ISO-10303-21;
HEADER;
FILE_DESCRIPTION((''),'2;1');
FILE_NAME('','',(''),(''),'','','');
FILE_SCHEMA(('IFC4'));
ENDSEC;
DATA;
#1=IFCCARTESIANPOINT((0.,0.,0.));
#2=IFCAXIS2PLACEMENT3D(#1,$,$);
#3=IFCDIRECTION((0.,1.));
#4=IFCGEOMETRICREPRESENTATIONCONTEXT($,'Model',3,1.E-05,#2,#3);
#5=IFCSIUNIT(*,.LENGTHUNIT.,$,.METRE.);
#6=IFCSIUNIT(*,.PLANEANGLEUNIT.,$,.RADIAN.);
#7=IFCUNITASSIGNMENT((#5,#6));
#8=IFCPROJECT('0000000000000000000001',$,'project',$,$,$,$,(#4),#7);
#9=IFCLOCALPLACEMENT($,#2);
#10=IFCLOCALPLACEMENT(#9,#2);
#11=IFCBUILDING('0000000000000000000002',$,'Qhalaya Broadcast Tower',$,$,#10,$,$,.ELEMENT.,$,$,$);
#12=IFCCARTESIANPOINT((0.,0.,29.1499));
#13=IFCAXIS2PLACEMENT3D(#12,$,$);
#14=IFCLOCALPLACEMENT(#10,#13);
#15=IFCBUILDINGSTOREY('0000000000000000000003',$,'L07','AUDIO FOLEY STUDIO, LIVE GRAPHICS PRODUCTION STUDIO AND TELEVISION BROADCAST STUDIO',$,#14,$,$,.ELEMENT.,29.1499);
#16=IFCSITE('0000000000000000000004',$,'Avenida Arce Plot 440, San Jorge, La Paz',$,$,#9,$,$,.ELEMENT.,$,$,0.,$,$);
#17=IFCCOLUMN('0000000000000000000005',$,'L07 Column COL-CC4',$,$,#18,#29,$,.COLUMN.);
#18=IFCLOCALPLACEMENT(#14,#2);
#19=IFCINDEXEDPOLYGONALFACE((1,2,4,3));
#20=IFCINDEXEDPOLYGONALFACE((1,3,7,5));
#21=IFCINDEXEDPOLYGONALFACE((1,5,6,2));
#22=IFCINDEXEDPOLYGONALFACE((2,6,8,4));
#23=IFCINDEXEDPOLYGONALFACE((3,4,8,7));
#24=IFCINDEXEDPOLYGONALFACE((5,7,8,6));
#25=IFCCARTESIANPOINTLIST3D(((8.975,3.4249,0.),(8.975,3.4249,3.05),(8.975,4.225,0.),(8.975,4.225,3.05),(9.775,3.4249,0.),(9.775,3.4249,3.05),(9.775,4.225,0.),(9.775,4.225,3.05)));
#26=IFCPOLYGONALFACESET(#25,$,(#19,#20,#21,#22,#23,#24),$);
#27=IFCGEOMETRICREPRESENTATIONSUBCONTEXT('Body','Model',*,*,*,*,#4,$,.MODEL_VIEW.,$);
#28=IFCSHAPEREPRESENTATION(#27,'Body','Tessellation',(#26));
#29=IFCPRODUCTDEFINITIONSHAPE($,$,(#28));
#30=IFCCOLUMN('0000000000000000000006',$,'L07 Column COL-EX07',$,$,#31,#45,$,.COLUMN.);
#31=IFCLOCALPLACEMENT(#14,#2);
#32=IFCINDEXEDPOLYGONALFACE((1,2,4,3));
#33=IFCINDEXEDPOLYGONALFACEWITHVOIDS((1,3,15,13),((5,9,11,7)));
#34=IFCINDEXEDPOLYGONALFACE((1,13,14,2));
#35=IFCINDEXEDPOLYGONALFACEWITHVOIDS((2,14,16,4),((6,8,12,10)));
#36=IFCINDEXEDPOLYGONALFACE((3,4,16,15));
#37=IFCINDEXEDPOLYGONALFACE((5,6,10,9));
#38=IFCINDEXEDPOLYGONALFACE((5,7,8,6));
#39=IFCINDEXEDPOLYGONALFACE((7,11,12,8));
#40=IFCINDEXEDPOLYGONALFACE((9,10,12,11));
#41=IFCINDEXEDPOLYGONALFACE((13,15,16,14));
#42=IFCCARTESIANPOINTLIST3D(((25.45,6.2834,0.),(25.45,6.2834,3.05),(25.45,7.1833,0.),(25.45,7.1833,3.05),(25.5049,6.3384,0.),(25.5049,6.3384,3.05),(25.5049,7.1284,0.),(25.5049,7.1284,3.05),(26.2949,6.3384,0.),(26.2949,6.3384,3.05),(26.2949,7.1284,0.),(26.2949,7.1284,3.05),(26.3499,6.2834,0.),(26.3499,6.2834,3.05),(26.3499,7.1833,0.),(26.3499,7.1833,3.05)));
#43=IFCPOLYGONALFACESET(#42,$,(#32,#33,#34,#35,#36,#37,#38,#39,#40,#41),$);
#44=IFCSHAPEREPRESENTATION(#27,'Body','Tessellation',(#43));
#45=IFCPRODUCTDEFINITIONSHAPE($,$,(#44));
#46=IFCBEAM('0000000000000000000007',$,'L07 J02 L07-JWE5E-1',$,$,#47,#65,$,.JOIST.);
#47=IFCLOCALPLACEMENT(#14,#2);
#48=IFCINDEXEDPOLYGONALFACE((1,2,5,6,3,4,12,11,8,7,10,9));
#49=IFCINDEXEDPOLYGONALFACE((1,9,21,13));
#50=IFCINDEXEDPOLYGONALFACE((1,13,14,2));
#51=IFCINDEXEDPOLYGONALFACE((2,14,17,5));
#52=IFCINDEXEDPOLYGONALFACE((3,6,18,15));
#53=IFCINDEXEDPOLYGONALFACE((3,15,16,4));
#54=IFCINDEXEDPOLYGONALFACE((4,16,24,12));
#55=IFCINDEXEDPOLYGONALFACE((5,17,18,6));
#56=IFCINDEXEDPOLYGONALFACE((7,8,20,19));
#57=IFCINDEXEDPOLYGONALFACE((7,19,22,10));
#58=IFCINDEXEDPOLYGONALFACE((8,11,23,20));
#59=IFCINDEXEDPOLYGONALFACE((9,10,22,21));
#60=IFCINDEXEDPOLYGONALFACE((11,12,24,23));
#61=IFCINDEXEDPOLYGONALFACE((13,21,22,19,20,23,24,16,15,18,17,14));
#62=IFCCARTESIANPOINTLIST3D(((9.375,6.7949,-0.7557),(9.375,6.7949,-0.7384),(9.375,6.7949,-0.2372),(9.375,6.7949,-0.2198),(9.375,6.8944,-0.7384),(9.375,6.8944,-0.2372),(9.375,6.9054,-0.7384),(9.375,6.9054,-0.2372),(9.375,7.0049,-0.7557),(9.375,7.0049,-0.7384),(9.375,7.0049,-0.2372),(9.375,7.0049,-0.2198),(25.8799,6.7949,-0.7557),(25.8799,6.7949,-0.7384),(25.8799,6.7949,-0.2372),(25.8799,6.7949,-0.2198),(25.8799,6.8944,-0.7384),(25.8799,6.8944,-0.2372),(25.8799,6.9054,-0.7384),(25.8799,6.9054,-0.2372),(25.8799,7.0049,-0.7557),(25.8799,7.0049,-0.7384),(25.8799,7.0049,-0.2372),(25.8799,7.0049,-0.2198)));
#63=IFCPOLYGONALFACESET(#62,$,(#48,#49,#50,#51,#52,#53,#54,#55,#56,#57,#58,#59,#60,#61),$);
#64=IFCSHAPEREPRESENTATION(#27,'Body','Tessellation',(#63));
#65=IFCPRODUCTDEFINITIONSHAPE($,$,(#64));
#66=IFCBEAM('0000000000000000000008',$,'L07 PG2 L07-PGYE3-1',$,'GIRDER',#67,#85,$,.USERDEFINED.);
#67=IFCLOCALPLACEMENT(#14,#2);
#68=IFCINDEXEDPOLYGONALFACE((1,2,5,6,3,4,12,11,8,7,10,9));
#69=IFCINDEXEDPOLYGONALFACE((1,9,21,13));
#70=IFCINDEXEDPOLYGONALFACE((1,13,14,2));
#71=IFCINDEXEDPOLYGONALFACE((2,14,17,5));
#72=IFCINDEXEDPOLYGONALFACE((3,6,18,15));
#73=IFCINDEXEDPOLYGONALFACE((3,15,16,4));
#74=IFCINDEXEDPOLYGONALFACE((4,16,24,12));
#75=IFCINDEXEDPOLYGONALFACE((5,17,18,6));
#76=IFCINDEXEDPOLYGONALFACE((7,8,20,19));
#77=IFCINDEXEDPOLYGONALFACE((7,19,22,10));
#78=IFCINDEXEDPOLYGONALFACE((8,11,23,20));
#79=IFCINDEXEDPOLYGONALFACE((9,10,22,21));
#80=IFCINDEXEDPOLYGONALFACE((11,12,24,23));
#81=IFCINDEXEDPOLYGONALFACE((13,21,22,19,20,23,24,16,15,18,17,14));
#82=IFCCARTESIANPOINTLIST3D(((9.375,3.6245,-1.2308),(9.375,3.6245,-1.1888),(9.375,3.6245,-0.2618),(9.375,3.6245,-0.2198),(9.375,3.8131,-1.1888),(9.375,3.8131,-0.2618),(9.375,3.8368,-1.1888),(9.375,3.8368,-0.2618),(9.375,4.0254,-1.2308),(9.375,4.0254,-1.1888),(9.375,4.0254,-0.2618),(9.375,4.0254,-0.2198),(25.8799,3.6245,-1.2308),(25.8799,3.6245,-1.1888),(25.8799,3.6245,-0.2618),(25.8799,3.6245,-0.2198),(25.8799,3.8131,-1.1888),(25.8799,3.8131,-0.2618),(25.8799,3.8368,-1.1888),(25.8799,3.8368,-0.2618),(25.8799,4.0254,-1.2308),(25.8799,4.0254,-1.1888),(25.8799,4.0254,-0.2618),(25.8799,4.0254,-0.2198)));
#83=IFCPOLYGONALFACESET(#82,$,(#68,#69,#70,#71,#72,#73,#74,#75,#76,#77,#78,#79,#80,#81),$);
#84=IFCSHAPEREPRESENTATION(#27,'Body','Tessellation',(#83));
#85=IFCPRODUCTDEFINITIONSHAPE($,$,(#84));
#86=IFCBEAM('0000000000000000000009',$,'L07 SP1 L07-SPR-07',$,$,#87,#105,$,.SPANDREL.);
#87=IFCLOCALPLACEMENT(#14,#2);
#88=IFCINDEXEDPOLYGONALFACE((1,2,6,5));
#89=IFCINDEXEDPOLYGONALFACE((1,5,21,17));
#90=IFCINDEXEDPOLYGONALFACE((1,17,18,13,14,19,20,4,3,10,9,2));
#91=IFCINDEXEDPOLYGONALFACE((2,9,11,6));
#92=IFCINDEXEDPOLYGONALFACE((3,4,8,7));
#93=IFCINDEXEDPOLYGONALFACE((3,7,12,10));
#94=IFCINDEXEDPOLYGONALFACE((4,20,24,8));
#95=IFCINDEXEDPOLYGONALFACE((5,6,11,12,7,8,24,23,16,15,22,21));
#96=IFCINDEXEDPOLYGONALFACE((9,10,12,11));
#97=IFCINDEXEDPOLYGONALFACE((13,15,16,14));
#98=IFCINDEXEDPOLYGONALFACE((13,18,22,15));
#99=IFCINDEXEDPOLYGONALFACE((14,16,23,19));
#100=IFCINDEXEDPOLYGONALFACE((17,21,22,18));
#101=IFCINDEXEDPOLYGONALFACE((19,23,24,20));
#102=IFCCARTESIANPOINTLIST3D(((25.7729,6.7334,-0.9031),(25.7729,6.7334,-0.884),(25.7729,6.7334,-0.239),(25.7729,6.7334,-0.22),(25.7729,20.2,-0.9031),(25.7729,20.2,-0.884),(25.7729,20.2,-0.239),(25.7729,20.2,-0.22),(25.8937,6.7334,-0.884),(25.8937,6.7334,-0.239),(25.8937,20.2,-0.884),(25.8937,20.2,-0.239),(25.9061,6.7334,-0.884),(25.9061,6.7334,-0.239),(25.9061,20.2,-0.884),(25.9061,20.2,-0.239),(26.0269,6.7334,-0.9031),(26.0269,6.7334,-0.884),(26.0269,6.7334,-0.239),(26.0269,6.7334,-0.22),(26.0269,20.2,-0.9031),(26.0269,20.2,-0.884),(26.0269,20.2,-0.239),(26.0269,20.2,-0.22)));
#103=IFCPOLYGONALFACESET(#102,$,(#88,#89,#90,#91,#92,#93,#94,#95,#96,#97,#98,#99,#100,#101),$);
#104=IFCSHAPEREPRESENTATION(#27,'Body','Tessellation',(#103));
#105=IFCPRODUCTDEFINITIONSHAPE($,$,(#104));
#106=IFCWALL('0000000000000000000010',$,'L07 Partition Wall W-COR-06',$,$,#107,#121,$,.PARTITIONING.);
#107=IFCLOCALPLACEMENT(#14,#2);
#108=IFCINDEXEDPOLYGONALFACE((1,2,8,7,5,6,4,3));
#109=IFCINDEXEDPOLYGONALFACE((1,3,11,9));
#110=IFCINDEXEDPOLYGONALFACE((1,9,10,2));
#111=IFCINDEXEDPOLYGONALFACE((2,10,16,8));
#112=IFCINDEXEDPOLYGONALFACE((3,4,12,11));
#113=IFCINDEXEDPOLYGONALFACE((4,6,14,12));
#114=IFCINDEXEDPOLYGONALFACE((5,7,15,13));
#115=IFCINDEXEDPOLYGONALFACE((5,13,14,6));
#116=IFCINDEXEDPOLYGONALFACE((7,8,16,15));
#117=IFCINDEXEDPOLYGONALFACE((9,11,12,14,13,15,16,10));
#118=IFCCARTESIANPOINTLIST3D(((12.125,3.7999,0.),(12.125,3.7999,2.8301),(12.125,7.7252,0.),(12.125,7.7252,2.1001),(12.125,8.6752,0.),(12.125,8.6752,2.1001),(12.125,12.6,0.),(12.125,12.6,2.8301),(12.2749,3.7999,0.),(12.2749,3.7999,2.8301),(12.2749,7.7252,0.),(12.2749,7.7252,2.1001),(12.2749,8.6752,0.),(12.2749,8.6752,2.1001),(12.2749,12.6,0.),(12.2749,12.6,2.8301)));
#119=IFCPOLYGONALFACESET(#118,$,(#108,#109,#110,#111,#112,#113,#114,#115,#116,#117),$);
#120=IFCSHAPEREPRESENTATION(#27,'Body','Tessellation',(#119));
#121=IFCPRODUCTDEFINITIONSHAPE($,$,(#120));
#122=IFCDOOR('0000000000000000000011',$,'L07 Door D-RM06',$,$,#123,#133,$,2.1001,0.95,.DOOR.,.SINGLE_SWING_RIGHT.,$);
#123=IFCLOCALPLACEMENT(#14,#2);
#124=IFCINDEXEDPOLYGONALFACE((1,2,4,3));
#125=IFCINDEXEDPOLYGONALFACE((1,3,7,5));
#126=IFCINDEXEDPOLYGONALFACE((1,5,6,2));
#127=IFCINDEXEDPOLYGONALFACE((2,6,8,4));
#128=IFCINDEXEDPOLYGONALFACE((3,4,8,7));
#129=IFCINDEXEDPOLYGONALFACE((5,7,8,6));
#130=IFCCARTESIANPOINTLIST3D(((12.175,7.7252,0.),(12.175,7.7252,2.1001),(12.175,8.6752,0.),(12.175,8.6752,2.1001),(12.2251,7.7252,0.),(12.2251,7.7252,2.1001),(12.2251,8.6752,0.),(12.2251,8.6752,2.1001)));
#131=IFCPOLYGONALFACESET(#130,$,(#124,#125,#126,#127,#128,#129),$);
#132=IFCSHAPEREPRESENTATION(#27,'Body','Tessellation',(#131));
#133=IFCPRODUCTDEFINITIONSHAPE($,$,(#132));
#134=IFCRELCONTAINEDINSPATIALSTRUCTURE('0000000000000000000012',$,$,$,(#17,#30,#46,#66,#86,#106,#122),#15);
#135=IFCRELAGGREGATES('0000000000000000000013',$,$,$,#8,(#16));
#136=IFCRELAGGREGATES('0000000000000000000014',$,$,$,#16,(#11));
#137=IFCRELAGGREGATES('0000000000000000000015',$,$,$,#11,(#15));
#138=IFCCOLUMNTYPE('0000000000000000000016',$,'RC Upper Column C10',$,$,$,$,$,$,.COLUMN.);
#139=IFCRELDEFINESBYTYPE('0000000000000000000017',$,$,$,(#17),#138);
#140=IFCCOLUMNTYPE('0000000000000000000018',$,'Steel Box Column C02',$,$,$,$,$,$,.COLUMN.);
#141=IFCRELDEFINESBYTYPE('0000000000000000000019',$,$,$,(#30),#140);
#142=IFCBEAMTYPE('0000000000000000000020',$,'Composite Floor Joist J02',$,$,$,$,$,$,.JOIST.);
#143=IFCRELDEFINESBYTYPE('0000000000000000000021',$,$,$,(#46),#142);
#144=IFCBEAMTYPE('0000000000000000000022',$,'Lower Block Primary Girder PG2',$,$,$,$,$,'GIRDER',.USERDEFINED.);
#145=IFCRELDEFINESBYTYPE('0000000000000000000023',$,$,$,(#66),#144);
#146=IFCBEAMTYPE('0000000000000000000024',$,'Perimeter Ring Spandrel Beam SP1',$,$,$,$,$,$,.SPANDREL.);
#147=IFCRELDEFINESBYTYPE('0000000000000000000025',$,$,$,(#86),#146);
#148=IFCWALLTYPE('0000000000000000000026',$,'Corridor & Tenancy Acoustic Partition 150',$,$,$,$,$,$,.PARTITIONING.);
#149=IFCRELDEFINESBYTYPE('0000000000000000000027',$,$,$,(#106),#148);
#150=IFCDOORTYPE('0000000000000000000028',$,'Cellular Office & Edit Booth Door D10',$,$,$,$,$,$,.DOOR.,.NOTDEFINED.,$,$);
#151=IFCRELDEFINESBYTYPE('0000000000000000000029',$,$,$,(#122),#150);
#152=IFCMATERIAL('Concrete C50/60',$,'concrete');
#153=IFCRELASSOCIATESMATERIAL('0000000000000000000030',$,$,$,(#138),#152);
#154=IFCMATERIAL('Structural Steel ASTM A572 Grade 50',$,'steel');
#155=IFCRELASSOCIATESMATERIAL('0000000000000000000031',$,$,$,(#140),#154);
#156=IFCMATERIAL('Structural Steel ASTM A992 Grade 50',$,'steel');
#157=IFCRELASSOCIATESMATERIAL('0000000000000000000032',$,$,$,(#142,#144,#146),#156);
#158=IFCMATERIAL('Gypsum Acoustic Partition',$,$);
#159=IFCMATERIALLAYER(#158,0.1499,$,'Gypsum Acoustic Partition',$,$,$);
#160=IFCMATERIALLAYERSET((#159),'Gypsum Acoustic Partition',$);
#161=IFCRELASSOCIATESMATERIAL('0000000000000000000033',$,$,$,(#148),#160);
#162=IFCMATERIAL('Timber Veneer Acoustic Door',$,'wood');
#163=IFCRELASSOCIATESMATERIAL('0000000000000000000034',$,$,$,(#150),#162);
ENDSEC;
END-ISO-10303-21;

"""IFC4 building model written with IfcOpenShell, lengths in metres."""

from ifc_helpers import new_model, si_unit, direction, frame, frame_2d, origin, origin_2d, place, context, subcontext, project, spatial, rectangle, hollow_rectangle, i_section, extrude, material, layer, layer_set, material_profile, profile_set, type_object, element, fill, save


model = new_model("IFC4")

# Units and contexts
model_context = context("Model", 3, precision=1e-05, world=origin(), true_north=direction((0.0, 1.0)))
body_context = subcontext(model_context, "Body", "Model", "MODEL_VIEW")
ifc_project = project(units=[si_unit("LENGTHUNIT", "METRE"), si_unit("PLANEANGLEUNIT", "RADIAN")], contexts=[model_context])

# Site, building, storey
site_placement = place(None, origin())
site = spatial("IfcSite", under=ifc_project, at=site_placement, Name="Avenida Arce Plot 440, San Jorge, La Paz", CompositionType="ELEMENT", RefElevation=0.0)
building_placement = place(site_placement, origin())
building = spatial("IfcBuilding", under=site, at=building_placement, Name="Qhalaya Broadcast Tower", CompositionType="ELEMENT")
storey_placement = place(building_placement, frame((0.0, 0.0, 29.1499)))
storey = spatial("IfcBuildingStorey", under=building, at=storey_placement, Name="L07", Description="AUDIO FOLEY STUDIO, LIVE GRAPHICS PRODUCTION STUDIO AND TELEVISION BROADCAST STUDIO", CompositionType="ELEMENT", Elevation=29.1499)

# Columns
ifc_material_1 = material(Name="Concrete C50/60", Category="concrete")
ifc_material_profile_1 = material_profile(ifc_material_1, rectangle(XDim=0.8, YDim=0.8, at=origin_2d()), Name="RC-COL 800x800")
ifc_profile_set_1 = profile_set([ifc_material_profile_1], Name="Concrete C50/60")
column_type_1 = type_object("IfcColumnType", Name="RC Upper Column C10", PredefinedType="COLUMN", material=ifc_profile_set_1)
column_1_placement = place(storey_placement, frame((9.375, 3.825, 0.0), z_axis=(0.0, 0.0, 1.0), x_axis=(1.0, 0.0, 0.0)))
element("IfcColumn", 1, at=column_1_placement, inside=storey, type_object=column_type_1, Name="L07 Column COL-CC4", PredefinedType="COLUMN", context=body_context, shape_type="SweptSolid", body=[
    extrude(rectangle(XDim=0.8, YDim=0.8, at=origin_2d()), origin(), (0.0, 0.0, 1.0), 3.05),
])
ifc_material_2 = material(Name="Structural Steel ASTM A572 Grade 50", Category="steel")
ifc_material_profile_2 = material_profile(ifc_material_2, hollow_rectangle(XDim=0.8999, YDim=0.8999, WallThickness=0.0549, at=origin_2d()), Name="BOX 900x900x55")
ifc_profile_set_2 = profile_set([ifc_material_profile_2], Name="Structural Steel ASTM A572 Grade 50")
column_type_2 = type_object("IfcColumnType", Name="Steel Box Column C02", PredefinedType="COLUMN", material=ifc_profile_set_2)
column_2_placement = place(storey_placement, frame((25.8999, 6.7334, 0.0), z_axis=(0.0, 0.0, 1.0), x_axis=(0.0, 1.0, 0.0)))
element("IfcColumn", 2, at=column_2_placement, inside=storey, type_object=column_type_2, Name="L07 Column COL-EX07", PredefinedType="COLUMN", context=body_context, shape_type="SweptSolid", body=[
    extrude(hollow_rectangle(XDim=0.8999, YDim=0.8999, WallThickness=0.0549, at=origin_2d()), origin(), (0.0, 0.0, 1.0), 3.05),
])

# Beams
ifc_material_3 = material(Name="Structural Steel ASTM A992 Grade 50", Category="steel")
ifc_material_profile_3 = material_profile(ifc_material_3, i_section(OverallWidth=0.21, OverallDepth=0.5359, WebThickness=0.011, FlangeThickness=0.0173, at=origin_2d()), Name="W21X68")
ifc_profile_set_3 = profile_set([ifc_material_profile_3], Name="Structural Steel ASTM A992 Grade 50")
beam_type_1 = type_object("IfcBeamType", Name="Composite Floor Joist J02", PredefinedType="JOIST", material=ifc_profile_set_3)
beam_1_placement = place(storey_placement, frame((9.375, 6.8999, -0.4878), z_axis=(1.0, 0.0, 0.0), x_axis=(0.0, 1.0, 0.0)))
element("IfcBeam", 3, at=beam_1_placement, inside=storey, type_object=beam_type_1, Name="L07 J02 L07-JWE5E-1", PredefinedType="JOIST", context=body_context, shape_type="SweptSolid", body=[
    extrude(i_section(OverallWidth=0.21, OverallDepth=0.5359, WebThickness=0.011, FlangeThickness=0.0173, at=origin_2d()), origin(), (0.0, 0.0, 1.0), 16.5049),
])
ifc_material_profile_4 = material_profile(ifc_material_3, i_section(OverallWidth=0.4009, OverallDepth=1.011, WebThickness=0.0237, FlangeThickness=0.042, at=origin_2d()), Name="W40X297")
ifc_profile_set_4 = profile_set([ifc_material_profile_4], Name="Structural Steel ASTM A992 Grade 50")
beam_type_2 = type_object("IfcBeamType", Name="Lower Block Primary Girder PG2", ElementType="GIRDER", PredefinedType="USERDEFINED", material=ifc_profile_set_4)
beam_2_placement = place(storey_placement, frame((9.375, 3.825, -0.7253), z_axis=(1.0, 0.0, 0.0), x_axis=(0.0, 1.0, 0.0)))
element("IfcBeam", 4, at=beam_2_placement, inside=storey, type_object=beam_type_2, Name="L07 PG2 L07-PGYE3-1", ObjectType="GIRDER", PredefinedType="USERDEFINED", context=body_context, shape_type="SweptSolid", body=[
    extrude(i_section(OverallWidth=0.4009, OverallDepth=1.011, WebThickness=0.0237, FlangeThickness=0.042, at=origin_2d()), origin(), (0.0, 0.0, 1.0), 16.5049),
])
ifc_material_profile_5 = material_profile(ifc_material_3, i_section(OverallWidth=0.2539, OverallDepth=0.6831, WebThickness=0.0125, FlangeThickness=0.019, at=origin_2d()), Name="W27X94")
ifc_profile_set_5 = profile_set([ifc_material_profile_5], Name="Structural Steel ASTM A992 Grade 50")
beam_type_3 = type_object("IfcBeamType", Name="Perimeter Ring Spandrel Beam SP1", PredefinedType="SPANDREL", material=ifc_profile_set_5)
beam_3_placement = place(storey_placement, frame((25.8999, 6.7334, -0.5615), z_axis=(0.0, 1.0, 0.0), x_axis=(-1.0, 0.0, 0.0)))
element("IfcBeam", 5, at=beam_3_placement, inside=storey, type_object=beam_type_3, Name="L07 SP1 L07-SPR-07", PredefinedType="SPANDREL", context=body_context, shape_type="SweptSolid", body=[
    extrude(i_section(OverallWidth=0.2539, OverallDepth=0.6831, WebThickness=0.0125, FlangeThickness=0.019, at=origin_2d()), origin(), (0.0, 0.0, 1.0), 13.4666),
])

# Wall, opening, door
ifc_material_4 = material(Name="Gypsum Acoustic Partition")
ifc_layer_1 = layer(ifc_material_4, 0.1499, Name="Gypsum Acoustic Partition")
ifc_layer_set_1 = layer_set([ifc_layer_1], Name="Gypsum Acoustic Partition")
wall_type_1 = type_object("IfcWallType", Name="Corridor & Tenancy Acoustic Partition 150", PredefinedType="PARTITIONING", material=ifc_layer_set_1)
wall_1_placement = place(storey_placement, frame((12.2, 3.8, 0.0), z_axis=(0.0, 0.0, 1.0), x_axis=(0.0, 1.0, 0.0)))
wall_1 = element("IfcWall", 6, at=wall_1_placement, inside=storey, type_object=wall_type_1, Name="L07 Partition Wall W-COR-06", PredefinedType="PARTITIONING", context=body_context, shape_type="SweptSolid", body=[
    extrude(rectangle(XDim=8.8, YDim=0.1499, at=frame_2d((4.3999, 0.0))), origin(), (0.0, 0.0, 1.0), 2.8301),
])
opening_1_placement = place(wall_1_placement, frame((3.925, 0.0, 0.0)))
opening_1 = element("IfcOpeningElement", 7, at=opening_1_placement, cuts=wall_1, PredefinedType="OPENING", context=body_context, shape_type="SweptSolid", body=[
    extrude(rectangle(XDim=0.95, YDim=2.1001, at=frame_2d((0.4751, 1.05))), frame((0.0, 0.0869, 0.0), z_axis=(0.0, -1.0, 0.0), x_axis=(1.0, 0.0, 0.0)), (0.0, 0.0, 1.0), 0.1738),
])
ifc_material_5 = material(Name="Timber Veneer Acoustic Door", Category="wood")
door_type_1 = type_object("IfcDoorType", Name="Cellular Office & Edit Booth Door D10", OperationType="NOTDEFINED", PredefinedType="DOOR", material=ifc_material_5)
door_1_placement = place(opening_1_placement, origin())
door_1 = element("IfcDoor", 8, at=door_1_placement, inside=storey, type_object=door_type_1, Name="L07 Door D-RM06", OperationType="SINGLE_SWING_RIGHT", OverallHeight=2.1001, OverallWidth=0.95, PredefinedType="DOOR", context=body_context, shape_type="SweptSolid", body=[
    extrude(rectangle(XDim=0.95, YDim=2.1001, at=frame_2d((0.4751, 1.05))), frame((0.0, 0.0249, 0.0), z_axis=(0.0, -1.0, 0.0), x_axis=(1.0, 0.0, 0.0)), (0.0, 0.0, 1.0), 0.05),
])
fill(opening_1, door_1)

save(model, "model.ifc")
